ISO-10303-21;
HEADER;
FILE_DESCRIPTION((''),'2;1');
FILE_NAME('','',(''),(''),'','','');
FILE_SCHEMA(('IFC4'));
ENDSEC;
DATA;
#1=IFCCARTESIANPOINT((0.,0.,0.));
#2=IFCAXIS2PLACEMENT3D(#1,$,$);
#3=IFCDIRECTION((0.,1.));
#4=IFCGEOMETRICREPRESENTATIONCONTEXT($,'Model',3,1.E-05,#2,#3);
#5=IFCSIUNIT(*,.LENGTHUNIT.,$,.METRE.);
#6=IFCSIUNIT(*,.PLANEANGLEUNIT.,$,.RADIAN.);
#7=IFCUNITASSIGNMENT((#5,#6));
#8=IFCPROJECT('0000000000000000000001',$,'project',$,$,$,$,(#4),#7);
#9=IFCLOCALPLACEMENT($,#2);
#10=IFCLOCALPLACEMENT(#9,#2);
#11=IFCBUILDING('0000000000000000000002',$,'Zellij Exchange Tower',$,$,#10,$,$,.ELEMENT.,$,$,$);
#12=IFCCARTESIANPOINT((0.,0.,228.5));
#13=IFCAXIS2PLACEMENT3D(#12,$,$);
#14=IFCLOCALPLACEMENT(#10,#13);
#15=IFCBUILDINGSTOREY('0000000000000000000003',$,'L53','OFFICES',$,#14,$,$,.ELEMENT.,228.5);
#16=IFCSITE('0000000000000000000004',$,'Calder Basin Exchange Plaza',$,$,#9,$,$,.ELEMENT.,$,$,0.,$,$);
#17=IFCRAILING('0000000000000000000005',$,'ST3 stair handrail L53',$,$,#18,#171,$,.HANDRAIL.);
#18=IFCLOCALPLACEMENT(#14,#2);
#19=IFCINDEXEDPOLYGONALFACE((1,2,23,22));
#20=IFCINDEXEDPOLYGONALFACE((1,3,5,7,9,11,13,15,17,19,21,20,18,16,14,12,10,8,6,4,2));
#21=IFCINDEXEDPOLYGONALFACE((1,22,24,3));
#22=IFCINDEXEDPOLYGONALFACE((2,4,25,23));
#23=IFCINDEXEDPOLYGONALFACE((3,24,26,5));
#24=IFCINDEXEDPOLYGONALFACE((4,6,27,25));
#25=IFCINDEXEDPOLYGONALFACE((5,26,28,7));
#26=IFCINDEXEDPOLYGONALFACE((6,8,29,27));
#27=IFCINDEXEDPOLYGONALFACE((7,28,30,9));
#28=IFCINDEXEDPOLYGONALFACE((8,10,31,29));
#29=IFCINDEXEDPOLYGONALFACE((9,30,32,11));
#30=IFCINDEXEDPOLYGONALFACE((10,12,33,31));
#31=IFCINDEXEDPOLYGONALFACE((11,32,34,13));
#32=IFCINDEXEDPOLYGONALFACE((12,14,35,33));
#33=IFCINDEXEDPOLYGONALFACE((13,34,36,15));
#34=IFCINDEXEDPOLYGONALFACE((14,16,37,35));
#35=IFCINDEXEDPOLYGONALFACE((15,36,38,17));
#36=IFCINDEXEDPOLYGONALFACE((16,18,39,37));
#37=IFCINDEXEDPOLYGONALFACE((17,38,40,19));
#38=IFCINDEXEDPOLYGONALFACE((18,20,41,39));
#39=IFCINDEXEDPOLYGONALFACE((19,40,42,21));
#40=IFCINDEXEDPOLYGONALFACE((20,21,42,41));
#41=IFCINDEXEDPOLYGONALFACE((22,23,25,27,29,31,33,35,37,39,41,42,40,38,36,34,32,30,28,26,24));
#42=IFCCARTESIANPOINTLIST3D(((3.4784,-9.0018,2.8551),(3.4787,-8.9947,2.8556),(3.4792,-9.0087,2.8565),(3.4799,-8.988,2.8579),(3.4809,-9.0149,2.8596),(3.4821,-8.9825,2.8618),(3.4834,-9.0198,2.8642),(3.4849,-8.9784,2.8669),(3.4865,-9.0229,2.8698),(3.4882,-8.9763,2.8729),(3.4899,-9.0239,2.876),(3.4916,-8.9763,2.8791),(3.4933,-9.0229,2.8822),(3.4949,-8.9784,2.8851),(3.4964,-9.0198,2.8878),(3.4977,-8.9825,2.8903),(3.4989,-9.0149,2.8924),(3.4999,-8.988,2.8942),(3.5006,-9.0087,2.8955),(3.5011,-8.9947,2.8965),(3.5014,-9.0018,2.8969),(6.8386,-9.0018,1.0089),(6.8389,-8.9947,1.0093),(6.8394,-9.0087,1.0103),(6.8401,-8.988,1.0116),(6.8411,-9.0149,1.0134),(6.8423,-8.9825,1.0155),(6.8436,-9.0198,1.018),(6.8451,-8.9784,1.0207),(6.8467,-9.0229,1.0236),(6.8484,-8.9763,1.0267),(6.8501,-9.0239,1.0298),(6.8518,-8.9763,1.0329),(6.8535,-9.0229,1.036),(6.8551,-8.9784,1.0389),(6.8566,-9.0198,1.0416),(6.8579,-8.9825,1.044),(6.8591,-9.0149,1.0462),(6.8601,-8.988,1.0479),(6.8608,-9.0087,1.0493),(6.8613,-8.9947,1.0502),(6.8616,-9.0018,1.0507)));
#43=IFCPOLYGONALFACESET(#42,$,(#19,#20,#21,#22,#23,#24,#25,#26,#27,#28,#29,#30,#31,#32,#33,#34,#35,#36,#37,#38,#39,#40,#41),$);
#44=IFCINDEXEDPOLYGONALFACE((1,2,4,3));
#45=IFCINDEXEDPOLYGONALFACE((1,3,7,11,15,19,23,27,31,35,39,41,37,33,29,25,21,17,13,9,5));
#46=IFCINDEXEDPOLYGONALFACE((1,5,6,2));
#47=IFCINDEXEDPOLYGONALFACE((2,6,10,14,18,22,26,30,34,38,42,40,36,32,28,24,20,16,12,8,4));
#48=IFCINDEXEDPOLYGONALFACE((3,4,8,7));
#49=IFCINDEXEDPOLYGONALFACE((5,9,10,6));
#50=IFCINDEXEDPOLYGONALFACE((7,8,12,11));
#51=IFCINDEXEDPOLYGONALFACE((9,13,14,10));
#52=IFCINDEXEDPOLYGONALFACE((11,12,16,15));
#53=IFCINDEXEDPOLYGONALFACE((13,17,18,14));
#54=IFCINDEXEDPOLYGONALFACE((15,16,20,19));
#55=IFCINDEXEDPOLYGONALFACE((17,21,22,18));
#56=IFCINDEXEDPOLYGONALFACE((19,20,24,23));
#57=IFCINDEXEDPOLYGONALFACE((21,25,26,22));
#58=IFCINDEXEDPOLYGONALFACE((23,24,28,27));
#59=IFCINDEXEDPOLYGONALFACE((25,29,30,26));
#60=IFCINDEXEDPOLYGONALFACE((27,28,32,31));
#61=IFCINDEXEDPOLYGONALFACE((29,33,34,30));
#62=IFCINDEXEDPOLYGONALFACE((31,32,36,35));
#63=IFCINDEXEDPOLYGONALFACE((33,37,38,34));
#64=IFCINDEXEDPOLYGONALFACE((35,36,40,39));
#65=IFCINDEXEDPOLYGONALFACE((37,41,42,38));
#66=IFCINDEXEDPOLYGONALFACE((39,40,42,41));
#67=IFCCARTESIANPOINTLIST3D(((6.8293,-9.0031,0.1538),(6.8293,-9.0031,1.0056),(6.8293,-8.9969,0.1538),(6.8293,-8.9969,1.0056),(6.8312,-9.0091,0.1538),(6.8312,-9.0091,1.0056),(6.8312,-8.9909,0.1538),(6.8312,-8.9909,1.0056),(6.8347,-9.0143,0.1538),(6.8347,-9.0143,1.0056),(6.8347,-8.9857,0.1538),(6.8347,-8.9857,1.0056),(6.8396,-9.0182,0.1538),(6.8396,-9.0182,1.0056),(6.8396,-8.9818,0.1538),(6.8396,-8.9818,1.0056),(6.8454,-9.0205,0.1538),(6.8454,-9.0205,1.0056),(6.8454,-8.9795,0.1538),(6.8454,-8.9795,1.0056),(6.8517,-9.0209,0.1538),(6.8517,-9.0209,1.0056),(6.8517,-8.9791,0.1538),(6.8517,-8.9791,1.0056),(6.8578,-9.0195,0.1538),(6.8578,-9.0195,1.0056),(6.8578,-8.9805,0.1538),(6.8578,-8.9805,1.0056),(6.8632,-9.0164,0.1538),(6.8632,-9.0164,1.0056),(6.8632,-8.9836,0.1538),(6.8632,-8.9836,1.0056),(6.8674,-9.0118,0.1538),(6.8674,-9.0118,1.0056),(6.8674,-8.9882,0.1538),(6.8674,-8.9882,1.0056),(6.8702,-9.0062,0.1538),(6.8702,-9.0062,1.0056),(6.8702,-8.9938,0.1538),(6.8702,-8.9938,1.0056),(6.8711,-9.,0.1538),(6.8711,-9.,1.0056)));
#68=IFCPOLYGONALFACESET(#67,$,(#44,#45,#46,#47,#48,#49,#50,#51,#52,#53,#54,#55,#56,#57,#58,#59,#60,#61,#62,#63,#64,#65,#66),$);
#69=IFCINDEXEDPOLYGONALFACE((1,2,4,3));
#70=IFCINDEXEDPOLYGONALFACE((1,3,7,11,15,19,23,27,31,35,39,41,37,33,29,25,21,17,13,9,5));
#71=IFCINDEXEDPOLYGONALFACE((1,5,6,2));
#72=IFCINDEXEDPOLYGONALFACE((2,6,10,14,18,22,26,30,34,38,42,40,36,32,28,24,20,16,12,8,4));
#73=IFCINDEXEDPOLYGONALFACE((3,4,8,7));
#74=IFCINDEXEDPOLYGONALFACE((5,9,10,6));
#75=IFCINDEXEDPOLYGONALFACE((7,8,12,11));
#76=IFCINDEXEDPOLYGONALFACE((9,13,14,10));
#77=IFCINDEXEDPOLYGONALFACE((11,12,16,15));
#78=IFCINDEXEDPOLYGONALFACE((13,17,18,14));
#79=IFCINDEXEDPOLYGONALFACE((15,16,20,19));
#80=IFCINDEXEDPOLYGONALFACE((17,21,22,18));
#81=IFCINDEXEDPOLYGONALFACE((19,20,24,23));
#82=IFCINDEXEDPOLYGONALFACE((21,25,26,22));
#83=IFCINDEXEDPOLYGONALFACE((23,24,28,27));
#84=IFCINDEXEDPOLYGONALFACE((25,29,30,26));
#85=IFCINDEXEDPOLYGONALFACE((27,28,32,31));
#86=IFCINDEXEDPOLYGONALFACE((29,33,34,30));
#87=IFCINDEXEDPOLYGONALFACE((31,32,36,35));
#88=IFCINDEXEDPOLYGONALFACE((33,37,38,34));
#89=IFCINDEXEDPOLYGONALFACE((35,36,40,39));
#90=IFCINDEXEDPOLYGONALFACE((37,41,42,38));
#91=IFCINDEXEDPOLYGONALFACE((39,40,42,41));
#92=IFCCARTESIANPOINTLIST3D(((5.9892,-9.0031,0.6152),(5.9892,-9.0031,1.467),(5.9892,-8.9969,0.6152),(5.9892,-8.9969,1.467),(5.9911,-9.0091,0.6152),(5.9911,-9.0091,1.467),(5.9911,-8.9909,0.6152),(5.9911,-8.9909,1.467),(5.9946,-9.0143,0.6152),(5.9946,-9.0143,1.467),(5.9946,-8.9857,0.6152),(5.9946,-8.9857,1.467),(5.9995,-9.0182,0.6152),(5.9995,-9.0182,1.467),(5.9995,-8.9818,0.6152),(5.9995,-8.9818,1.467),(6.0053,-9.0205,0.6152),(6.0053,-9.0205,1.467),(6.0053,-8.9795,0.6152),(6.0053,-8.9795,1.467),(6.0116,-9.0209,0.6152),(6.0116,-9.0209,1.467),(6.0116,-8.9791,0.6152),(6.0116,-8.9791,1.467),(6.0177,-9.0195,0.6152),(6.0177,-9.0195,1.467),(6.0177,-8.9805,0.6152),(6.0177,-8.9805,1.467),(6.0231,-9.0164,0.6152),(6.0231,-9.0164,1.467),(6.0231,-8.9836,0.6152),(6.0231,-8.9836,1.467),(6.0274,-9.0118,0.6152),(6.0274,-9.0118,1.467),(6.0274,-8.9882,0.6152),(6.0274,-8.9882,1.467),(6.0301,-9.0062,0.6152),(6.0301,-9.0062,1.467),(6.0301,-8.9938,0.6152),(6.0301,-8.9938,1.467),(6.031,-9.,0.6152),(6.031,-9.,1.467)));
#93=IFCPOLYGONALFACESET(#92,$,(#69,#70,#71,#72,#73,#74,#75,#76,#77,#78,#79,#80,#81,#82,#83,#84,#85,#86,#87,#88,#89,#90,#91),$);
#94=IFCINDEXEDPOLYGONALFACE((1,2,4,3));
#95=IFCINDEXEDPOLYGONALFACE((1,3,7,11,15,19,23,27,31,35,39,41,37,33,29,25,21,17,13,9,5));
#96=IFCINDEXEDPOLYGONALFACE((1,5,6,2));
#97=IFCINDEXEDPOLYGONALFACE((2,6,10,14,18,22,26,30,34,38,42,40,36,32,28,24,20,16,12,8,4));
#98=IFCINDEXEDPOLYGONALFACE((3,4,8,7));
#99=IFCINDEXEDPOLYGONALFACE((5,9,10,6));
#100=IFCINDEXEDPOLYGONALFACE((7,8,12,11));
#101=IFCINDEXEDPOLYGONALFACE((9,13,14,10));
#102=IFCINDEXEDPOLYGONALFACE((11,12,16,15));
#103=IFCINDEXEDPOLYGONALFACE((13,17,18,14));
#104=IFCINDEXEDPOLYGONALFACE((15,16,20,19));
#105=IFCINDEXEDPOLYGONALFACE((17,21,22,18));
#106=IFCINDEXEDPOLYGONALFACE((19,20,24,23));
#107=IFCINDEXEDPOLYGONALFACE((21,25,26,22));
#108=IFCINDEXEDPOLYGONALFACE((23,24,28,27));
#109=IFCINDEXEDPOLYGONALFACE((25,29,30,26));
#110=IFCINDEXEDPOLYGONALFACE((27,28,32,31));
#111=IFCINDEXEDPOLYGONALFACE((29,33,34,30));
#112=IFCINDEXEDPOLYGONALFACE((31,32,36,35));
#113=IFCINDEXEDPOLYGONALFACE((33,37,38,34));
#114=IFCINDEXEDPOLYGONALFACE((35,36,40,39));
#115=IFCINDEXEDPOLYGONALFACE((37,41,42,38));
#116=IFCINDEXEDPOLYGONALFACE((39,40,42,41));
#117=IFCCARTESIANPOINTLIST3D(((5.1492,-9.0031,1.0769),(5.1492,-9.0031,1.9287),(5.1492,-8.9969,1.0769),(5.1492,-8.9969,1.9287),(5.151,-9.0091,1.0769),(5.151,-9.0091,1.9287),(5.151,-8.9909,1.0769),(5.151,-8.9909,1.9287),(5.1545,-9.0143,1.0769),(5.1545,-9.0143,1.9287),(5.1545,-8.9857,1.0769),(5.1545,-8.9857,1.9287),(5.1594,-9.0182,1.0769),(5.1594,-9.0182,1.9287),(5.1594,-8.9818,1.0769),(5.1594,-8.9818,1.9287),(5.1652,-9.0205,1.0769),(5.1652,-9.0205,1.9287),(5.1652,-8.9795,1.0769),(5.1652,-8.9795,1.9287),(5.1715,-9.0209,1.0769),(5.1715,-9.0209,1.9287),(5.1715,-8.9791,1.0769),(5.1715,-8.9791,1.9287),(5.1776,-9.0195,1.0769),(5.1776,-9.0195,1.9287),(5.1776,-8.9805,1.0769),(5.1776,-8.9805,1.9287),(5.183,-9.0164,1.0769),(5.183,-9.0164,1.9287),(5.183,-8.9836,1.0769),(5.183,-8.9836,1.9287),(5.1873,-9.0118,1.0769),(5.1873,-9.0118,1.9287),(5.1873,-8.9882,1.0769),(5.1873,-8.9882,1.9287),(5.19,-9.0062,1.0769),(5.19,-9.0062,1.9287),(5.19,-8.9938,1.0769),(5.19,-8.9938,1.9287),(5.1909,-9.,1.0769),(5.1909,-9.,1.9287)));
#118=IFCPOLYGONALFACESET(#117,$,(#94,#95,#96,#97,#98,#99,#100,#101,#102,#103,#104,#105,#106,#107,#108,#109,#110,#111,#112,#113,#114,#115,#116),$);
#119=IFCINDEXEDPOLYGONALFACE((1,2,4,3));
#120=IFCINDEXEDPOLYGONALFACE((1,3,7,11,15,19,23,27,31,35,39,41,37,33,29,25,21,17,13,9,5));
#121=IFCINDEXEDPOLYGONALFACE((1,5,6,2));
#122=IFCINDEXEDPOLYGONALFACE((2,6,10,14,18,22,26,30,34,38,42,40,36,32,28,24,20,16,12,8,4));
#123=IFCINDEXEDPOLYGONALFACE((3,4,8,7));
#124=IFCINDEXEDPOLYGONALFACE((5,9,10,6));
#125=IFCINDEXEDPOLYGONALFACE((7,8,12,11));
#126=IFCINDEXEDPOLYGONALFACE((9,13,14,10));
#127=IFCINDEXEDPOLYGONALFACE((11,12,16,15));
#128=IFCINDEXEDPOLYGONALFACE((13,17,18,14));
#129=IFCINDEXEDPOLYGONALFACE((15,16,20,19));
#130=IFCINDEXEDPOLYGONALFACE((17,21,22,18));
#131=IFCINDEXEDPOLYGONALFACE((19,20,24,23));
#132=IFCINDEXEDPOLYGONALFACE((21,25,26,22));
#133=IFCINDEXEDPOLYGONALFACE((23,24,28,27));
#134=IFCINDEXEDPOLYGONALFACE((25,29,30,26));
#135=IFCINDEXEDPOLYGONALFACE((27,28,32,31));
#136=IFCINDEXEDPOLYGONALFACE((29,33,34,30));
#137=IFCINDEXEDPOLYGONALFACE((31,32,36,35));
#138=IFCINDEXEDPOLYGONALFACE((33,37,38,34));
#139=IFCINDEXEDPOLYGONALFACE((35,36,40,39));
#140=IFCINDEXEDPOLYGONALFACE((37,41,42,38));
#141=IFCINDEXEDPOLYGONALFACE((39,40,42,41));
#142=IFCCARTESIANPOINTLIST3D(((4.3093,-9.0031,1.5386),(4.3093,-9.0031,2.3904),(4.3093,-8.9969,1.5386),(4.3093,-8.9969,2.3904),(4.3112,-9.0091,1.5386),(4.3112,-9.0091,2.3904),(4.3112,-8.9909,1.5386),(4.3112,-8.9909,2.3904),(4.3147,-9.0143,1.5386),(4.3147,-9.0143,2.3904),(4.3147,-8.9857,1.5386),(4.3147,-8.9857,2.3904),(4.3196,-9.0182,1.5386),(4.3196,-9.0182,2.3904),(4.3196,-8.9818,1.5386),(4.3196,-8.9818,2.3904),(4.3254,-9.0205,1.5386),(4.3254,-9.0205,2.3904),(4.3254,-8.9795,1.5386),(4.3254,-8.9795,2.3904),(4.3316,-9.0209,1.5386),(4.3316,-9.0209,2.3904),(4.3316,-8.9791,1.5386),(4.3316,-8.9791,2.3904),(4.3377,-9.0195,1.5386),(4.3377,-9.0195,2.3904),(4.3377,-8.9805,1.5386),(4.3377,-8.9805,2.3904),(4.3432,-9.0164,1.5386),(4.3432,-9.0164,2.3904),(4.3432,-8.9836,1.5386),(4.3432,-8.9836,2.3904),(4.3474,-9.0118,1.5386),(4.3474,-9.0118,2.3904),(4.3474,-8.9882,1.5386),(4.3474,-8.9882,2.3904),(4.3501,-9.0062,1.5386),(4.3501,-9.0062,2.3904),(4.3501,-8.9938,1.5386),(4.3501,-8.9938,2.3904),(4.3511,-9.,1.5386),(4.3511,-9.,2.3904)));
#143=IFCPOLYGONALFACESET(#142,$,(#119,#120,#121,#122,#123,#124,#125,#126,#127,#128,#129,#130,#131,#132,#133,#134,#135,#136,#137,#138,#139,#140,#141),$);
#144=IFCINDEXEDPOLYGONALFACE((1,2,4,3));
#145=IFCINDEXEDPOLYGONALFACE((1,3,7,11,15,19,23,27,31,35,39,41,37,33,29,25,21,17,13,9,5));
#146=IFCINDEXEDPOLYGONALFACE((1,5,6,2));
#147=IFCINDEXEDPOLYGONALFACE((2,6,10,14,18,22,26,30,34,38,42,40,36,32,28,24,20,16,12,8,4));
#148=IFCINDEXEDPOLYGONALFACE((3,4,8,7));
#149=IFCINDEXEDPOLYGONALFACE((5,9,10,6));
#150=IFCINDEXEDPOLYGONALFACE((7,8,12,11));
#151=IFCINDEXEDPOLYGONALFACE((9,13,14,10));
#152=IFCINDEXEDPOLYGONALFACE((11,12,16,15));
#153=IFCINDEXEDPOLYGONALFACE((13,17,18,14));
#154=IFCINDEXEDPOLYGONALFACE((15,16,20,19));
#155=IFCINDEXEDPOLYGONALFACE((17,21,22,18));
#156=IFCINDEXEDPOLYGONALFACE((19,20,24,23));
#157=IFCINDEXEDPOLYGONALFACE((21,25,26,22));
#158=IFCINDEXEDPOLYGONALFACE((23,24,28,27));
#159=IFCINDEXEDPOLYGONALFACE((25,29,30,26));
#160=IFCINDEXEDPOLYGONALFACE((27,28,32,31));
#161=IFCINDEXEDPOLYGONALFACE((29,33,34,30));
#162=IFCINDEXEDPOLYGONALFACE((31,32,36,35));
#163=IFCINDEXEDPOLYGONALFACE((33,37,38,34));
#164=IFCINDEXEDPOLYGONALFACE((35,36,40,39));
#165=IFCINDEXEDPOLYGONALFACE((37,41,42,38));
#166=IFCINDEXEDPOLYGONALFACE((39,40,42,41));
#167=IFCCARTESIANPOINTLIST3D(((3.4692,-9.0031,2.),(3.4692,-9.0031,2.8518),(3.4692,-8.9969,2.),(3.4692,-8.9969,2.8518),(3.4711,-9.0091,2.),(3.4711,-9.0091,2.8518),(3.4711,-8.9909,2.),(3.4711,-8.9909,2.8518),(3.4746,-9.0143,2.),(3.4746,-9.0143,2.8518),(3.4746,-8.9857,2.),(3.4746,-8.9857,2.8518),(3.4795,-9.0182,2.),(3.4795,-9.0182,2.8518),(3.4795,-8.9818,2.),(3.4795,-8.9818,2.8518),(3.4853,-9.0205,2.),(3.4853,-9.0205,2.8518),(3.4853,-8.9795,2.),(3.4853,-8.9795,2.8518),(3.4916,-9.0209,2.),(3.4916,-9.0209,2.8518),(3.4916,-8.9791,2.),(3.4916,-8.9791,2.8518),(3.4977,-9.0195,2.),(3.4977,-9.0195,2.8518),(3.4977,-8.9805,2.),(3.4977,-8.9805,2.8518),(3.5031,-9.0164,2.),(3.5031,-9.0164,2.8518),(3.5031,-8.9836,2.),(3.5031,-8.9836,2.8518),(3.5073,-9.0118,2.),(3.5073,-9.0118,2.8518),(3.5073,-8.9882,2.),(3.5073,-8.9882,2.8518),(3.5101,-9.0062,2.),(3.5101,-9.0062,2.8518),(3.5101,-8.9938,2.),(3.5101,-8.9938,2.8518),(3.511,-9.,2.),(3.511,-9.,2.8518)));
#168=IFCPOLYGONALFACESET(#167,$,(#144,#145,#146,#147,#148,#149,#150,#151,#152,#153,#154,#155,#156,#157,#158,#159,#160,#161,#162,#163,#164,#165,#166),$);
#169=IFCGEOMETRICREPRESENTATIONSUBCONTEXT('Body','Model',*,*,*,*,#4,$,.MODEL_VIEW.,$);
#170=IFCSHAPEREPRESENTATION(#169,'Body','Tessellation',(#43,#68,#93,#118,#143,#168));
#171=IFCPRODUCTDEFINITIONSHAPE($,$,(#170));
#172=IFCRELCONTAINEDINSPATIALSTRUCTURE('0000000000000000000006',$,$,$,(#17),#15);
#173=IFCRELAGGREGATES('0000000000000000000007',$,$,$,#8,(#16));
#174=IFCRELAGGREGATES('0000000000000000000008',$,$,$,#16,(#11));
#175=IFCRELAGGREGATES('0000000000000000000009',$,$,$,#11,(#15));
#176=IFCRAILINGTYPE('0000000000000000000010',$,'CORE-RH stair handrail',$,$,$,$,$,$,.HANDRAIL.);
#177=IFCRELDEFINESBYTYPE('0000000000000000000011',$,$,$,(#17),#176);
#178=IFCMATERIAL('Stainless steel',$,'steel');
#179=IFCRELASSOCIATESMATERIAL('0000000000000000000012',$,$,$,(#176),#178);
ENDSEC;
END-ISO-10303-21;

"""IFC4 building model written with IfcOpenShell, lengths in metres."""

from ifc_helpers import new_model, si_unit, direction, frame, origin, origin_2d, place, context, subcontext, project, spatial, circle, extrude, material, type_object, element, save


model = new_model("IFC4")

# Units and contexts
model_context = context("Model", 3, precision=1e-05, world=origin(), true_north=direction((0.0, 1.0)))
body_context = subcontext(model_context, "Body", "Model", "MODEL_VIEW")
ifc_project = project(units=[si_unit("LENGTHUNIT", "METRE"), si_unit("PLANEANGLEUNIT", "RADIAN")], contexts=[model_context])

# Site, building, storey
site_placement = place(None, origin())
site = spatial("IfcSite", under=ifc_project, at=site_placement, Name="Calder Basin Exchange Plaza", CompositionType="ELEMENT", RefElevation=0.0)
building_placement = place(site_placement, origin())
building = spatial("IfcBuilding", under=site, at=building_placement, Name="Zellij Exchange Tower", CompositionType="ELEMENT")
storey_placement = place(building_placement, frame((0.0, 0.0, 228.5)))
storey = spatial("IfcBuildingStorey", under=building, at=storey_placement, Name="L53", Description="OFFICES", CompositionType="ELEMENT", Elevation=228.5)

# Railing
ifc_material_1 = material(Name="Stainless steel", Category="steel")
railing_type_1 = type_object("IfcRailingType", Name="CORE-RH stair handrail", PredefinedType="HANDRAIL", material=ifc_material_1)
railing_1_placement = place(storey_placement, frame((6.8501, -9.0, 0.1538)))
element("IfcRailing", 1, at=railing_1_placement, inside=storey, type_object=railing_type_1, Name="ST3 stair handrail L53", PredefinedType="HANDRAIL", context=body_context, shape_type="SweptSolid", body=[
    extrude(circle(Radius=0.0239, at=origin_2d()), frame((0.0, 0.0, 0.876), z_axis=(-0.876422, 0.0, 0.481545), x_axis=(0.0, -1.0, 0.0)), (0.0, 0.0, 1.0), 3.834),
    extrude(circle(Radius=0.021, at=origin_2d()), origin(), (0.0, 0.0, 1.0), 0.8518),
    extrude(circle(Radius=0.021, at=origin_2d()), frame((-0.8401, 0.0, 0.4614)), (0.0, 0.0, 1.0), 0.8518),
    extrude(circle(Radius=0.021, at=origin_2d()), frame((-1.6802, 0.0, 0.9231)), (0.0, 0.0, 1.0), 0.8518),
    extrude(circle(Radius=0.021, at=origin_2d()), frame((-2.52, 0.0, 1.3848)), (0.0, 0.0, 1.0), 0.8518),
    extrude(circle(Radius=0.021, at=origin_2d()), frame((-3.3601, 0.0, 1.8462)), (0.0, 0.0, 1.0), 0.8518),
])

save(model, "model.ifc")
